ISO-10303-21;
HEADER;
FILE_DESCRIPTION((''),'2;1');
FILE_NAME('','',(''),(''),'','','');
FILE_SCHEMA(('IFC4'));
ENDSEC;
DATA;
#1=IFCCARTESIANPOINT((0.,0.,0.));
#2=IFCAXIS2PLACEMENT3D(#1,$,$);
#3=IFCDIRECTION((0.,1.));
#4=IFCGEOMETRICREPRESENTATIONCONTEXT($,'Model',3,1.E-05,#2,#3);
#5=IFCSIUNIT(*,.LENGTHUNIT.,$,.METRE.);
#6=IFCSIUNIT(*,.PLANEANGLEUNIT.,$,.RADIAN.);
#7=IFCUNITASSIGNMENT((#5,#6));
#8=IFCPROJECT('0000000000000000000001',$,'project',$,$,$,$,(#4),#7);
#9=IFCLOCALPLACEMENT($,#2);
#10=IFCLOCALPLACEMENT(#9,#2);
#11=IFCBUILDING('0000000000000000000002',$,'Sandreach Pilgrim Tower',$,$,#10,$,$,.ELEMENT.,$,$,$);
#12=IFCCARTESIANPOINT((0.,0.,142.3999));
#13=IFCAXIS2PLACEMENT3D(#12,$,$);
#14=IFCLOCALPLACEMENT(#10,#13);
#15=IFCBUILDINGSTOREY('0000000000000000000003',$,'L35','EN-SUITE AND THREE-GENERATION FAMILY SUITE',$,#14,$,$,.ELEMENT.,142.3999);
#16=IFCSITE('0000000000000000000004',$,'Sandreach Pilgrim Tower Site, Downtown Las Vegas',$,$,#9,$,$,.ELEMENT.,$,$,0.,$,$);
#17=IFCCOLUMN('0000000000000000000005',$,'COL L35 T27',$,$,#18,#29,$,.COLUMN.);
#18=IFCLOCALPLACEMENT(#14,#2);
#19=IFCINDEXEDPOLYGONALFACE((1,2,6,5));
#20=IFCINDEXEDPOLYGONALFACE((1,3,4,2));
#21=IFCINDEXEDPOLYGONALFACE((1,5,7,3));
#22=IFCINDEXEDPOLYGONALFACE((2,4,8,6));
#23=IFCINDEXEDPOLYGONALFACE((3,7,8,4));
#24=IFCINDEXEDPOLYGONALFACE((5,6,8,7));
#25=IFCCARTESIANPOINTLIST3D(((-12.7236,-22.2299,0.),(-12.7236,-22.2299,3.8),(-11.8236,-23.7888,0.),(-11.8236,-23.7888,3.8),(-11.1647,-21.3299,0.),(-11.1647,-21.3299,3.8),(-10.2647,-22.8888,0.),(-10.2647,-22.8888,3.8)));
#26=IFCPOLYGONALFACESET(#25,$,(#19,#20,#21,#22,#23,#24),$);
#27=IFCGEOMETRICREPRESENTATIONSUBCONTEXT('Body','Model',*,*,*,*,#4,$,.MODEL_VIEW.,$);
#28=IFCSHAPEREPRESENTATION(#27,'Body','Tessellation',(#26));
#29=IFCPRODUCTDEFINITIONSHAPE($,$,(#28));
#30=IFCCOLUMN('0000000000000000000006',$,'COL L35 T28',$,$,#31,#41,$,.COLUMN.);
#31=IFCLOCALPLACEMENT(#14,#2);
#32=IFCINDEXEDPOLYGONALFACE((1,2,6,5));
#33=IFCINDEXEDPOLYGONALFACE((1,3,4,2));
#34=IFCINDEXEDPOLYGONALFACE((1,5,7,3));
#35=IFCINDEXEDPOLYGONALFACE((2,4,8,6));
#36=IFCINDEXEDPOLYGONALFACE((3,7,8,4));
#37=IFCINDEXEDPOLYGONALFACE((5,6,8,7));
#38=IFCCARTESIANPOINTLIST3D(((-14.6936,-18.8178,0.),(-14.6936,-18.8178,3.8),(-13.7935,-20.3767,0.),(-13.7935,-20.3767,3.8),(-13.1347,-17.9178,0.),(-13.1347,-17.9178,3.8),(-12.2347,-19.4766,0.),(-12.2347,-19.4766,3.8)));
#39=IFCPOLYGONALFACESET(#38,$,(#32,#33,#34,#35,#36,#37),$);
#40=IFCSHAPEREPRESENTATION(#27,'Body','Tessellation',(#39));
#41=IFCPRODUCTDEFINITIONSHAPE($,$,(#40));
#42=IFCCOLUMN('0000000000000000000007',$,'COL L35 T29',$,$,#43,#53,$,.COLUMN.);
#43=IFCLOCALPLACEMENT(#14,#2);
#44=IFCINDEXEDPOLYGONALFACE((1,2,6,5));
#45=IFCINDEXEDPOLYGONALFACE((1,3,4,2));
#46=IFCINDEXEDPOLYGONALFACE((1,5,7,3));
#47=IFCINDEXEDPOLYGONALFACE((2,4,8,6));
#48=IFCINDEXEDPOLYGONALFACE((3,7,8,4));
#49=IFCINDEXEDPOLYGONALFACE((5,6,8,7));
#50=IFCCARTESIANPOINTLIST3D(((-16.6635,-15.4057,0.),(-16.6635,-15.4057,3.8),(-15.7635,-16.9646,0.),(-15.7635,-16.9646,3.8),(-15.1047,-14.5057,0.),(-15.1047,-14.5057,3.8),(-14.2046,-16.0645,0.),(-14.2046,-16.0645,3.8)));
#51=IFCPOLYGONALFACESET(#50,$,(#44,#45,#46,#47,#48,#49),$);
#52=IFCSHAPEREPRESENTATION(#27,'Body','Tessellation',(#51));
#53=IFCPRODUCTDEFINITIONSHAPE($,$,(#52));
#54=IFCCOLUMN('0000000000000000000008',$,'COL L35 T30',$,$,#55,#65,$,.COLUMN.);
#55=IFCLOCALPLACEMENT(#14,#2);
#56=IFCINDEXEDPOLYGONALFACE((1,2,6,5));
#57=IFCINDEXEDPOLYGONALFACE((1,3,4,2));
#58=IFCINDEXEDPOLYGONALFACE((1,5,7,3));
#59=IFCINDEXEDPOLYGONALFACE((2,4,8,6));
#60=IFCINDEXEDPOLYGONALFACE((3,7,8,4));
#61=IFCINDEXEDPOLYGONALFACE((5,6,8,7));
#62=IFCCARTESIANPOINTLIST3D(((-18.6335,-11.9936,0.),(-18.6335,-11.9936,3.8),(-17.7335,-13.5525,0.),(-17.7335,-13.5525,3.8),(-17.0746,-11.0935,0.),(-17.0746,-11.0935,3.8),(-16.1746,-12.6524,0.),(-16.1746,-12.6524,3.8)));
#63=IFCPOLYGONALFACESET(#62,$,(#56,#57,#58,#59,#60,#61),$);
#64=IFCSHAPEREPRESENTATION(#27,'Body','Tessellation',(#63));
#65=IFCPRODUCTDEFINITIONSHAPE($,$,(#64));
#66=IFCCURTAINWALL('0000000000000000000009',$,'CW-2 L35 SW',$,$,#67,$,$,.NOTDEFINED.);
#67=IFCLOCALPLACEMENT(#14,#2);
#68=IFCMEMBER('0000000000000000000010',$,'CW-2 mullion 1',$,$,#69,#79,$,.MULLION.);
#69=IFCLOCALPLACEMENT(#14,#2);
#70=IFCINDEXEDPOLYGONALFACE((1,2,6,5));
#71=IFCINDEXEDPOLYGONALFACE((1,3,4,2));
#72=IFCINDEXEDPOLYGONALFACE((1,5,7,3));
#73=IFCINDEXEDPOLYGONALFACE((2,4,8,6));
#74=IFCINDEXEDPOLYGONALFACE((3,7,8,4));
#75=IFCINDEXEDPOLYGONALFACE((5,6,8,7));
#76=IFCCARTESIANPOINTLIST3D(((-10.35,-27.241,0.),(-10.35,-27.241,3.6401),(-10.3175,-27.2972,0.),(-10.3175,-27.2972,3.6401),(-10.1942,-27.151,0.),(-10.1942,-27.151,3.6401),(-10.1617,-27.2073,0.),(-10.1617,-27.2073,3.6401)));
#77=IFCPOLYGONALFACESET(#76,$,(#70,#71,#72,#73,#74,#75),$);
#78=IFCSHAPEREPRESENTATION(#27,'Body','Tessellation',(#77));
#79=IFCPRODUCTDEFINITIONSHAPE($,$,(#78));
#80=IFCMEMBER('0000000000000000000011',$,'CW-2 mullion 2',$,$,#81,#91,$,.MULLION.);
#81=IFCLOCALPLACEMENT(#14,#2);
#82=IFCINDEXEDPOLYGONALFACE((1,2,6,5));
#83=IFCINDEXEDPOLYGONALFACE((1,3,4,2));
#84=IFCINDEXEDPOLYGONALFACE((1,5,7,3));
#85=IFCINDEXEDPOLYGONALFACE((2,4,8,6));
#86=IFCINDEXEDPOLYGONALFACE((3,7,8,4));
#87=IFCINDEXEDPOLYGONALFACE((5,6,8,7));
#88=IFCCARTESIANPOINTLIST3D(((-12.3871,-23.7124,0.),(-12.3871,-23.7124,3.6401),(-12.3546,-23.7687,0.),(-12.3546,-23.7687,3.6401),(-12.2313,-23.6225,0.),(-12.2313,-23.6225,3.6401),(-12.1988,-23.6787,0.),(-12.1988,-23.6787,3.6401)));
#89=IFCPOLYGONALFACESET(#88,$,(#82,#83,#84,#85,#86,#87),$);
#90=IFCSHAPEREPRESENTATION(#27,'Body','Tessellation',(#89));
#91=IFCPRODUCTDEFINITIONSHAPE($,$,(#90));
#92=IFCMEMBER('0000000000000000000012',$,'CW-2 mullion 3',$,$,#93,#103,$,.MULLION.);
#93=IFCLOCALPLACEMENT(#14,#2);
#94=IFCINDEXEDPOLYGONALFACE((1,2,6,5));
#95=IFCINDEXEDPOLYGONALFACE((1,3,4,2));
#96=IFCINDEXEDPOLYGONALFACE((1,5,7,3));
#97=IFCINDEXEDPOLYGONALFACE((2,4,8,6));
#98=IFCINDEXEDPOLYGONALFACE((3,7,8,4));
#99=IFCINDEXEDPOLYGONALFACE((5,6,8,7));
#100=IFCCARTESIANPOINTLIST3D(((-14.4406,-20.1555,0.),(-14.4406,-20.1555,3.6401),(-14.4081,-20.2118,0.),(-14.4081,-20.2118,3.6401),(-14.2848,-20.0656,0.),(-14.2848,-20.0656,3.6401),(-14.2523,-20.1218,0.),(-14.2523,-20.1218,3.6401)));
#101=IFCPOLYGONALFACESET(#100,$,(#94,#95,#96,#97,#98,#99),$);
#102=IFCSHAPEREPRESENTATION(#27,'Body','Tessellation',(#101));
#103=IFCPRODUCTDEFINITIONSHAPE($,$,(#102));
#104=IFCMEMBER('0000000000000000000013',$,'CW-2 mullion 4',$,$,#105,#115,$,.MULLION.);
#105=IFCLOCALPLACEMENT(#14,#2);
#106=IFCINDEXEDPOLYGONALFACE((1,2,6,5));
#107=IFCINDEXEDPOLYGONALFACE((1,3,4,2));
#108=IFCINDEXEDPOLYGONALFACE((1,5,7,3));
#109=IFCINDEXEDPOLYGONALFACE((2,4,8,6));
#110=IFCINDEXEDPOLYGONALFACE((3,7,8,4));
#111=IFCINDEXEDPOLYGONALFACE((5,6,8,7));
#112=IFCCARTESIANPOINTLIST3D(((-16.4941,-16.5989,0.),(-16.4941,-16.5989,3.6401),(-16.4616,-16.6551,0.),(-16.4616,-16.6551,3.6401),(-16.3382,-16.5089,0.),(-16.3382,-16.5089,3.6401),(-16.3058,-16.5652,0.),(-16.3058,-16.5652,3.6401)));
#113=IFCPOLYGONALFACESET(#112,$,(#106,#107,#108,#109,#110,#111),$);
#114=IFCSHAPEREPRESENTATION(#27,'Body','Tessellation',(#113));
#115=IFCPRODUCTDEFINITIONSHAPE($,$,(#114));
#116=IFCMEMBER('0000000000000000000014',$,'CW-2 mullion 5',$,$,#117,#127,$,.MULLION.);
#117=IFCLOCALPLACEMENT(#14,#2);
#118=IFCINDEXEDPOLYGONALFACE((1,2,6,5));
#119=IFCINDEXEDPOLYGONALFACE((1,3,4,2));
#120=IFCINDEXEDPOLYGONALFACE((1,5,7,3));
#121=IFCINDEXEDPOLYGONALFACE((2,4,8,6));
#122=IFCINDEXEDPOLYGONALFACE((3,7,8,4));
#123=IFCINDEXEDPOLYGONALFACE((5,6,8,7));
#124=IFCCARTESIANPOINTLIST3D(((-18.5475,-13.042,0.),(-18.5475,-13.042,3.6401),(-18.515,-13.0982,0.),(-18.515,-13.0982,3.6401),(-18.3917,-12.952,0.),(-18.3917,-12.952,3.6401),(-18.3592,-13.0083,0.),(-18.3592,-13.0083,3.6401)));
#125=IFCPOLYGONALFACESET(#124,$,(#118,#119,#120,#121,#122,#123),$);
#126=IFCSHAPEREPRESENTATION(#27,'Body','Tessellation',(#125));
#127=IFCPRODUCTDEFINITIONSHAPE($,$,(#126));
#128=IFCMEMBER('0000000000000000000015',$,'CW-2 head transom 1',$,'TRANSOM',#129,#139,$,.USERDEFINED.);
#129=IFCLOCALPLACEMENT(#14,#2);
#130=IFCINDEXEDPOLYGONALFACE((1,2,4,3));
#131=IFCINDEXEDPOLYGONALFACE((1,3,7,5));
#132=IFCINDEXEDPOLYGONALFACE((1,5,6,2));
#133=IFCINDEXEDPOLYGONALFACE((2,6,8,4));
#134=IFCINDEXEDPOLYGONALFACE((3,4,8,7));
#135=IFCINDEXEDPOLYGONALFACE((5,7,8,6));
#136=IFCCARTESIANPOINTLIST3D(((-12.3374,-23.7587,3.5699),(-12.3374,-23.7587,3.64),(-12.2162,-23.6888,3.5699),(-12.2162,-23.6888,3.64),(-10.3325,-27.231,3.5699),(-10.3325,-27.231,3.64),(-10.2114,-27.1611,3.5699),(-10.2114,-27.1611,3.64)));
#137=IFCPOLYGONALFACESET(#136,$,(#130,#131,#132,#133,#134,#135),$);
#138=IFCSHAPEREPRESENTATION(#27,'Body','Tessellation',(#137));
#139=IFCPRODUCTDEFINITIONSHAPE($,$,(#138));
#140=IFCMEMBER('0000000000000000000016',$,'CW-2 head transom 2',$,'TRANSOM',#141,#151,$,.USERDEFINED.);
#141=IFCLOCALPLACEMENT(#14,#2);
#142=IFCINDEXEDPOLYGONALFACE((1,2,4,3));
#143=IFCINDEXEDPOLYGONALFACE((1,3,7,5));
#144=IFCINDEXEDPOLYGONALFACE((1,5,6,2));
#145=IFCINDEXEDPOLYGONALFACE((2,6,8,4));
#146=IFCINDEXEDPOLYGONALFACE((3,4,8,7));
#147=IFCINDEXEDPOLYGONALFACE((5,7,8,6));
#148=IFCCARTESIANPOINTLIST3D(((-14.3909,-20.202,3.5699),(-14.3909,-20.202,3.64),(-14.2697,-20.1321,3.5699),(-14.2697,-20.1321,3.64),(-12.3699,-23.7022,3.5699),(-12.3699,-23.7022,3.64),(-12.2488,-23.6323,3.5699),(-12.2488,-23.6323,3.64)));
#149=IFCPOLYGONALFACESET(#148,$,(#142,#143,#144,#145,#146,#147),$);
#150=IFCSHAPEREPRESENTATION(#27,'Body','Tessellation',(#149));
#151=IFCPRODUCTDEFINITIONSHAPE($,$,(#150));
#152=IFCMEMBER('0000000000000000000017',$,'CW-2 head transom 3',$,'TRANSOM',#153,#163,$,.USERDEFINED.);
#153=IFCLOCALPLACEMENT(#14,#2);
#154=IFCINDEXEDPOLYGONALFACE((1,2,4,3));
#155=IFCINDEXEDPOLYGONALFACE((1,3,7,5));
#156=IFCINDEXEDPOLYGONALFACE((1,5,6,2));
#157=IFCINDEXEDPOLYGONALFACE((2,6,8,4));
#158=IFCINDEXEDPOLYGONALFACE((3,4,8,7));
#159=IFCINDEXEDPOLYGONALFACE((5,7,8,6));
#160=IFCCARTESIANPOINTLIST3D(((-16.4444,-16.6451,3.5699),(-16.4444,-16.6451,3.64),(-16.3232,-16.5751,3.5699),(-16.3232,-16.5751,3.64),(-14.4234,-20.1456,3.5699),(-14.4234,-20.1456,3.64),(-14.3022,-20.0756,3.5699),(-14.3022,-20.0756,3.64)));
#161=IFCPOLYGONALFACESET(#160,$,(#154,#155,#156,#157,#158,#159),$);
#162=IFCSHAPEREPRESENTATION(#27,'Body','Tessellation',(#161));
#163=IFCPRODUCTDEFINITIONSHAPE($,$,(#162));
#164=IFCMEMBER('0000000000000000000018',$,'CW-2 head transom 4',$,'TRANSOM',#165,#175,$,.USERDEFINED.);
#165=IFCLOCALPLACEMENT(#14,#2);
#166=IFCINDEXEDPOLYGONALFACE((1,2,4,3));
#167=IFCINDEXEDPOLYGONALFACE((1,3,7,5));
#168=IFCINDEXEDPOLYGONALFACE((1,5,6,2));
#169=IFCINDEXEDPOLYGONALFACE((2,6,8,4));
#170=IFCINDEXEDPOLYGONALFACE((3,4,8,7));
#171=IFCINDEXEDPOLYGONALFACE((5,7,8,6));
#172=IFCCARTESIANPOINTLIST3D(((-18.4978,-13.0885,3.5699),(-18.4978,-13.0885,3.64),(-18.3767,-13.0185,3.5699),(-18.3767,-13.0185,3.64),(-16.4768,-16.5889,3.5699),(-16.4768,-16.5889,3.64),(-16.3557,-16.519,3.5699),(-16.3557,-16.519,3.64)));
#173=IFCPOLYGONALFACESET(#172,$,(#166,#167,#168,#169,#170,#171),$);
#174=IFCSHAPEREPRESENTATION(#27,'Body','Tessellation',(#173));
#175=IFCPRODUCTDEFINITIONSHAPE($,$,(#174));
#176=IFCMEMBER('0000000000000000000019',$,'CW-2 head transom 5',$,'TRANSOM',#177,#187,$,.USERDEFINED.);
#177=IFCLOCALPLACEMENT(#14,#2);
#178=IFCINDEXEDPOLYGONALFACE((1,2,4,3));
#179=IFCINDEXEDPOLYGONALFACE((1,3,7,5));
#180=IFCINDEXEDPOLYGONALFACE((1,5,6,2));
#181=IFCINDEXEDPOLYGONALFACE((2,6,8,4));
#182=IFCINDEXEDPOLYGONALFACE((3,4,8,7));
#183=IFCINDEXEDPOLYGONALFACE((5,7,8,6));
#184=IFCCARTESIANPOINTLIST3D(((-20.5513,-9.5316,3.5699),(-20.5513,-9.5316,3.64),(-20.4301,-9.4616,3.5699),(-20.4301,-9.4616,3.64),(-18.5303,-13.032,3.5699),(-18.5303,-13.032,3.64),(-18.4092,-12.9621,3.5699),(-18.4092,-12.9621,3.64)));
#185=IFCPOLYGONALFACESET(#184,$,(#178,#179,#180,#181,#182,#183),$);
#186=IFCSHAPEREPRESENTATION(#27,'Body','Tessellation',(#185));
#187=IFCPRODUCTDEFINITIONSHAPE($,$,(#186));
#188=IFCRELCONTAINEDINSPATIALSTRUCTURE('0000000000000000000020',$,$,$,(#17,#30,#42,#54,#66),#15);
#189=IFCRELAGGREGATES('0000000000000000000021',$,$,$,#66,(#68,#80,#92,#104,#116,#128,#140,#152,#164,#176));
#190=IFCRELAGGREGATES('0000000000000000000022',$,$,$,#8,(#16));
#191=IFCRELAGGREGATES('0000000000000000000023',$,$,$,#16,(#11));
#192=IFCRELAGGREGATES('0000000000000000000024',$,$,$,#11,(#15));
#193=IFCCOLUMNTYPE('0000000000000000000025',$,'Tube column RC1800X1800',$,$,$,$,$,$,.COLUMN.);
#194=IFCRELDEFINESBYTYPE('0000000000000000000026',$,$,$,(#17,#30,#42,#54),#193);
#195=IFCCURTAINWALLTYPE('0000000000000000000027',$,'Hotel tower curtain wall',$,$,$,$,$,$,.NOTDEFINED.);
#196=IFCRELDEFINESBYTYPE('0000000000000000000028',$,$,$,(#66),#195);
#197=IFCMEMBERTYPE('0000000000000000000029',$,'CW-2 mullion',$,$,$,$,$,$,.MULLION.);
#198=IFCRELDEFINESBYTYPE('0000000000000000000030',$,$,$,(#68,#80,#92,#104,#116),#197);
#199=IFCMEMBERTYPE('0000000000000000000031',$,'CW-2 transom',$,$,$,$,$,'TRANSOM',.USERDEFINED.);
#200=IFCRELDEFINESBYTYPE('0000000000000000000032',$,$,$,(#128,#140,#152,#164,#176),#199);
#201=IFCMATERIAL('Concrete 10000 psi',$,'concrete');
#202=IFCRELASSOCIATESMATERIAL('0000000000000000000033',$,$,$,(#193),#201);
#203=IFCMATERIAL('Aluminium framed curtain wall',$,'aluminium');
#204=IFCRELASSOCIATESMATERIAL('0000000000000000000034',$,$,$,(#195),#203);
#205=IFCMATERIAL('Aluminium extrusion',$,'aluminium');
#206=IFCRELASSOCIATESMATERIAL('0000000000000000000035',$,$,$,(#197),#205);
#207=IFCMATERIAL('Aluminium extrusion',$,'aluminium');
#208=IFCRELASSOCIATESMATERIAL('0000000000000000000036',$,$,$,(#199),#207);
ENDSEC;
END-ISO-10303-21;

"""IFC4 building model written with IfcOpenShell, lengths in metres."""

from ifc_helpers import new_model, si_unit, direction, frame, origin, origin_2d, place, context, subcontext, project, spatial, rectangle, extrude, material, material_profile, profile_set, type_object, element, aggregate, save


model = new_model("IFC4")

# Units and contexts
model_context = context("Model", 3, precision=1e-05, world=origin(), true_north=direction((0.0, 1.0)))
body_context = subcontext(model_context, "Body", "Model", "MODEL_VIEW")
ifc_project = project(units=[si_unit("LENGTHUNIT", "METRE"), si_unit("PLANEANGLEUNIT", "RADIAN")], contexts=[model_context])

# Site, building, storey
site_placement = place(None, origin())
site = spatial("IfcSite", under=ifc_project, at=site_placement, Name="Sandreach Pilgrim Tower Site, Downtown Las Vegas", CompositionType="ELEMENT", RefElevation=0.0)
building_placement = place(site_placement, origin())
building = spatial("IfcBuilding", under=site, at=building_placement, Name="Sandreach Pilgrim Tower", CompositionType="ELEMENT")
storey_placement = place(building_placement, frame((0.0, 0.0, 142.3999)))
storey = spatial("IfcBuildingStorey", under=building, at=storey_placement, Name="L35", Description="EN-SUITE AND THREE-GENERATION FAMILY SUITE", CompositionType="ELEMENT", Elevation=142.3999)

# Columns
ifc_material_1 = material(Name="Concrete 10000 psi", Category="concrete")
ifc_material_profile_1 = material_profile(ifc_material_1, rectangle(XDim=1.8, YDim=1.8, at=origin_2d()), Name="RC1800X1800")
ifc_profile_set_1 = profile_set([ifc_material_profile_1], Name="Concrete 10000 psi")
column_type = type_object("IfcColumnType", Name="Tube column RC1800X1800", PredefinedType="COLUMN", material=ifc_profile_set_1)
for number, where, z_axis, x_axis, name in (
    (1, (-11.4941, -22.5593, 0.0), (0.0, 0.0, 1.0), (-0.866025, -0.5, 0.0), "COL L35 T27"),
    (2, (-13.4641, -19.1472, 0.0), (0.0, 0.0, 1.0), (-0.866025, -0.5, 0.0), "COL L35 T28"),
    (3, (-15.4341, -15.7351, 0.0), (0.0, 0.0, 1.0), (-0.866025, -0.5, 0.0), "COL L35 T29"),
    (4, (-17.4041, -12.323, 0.0), (0.0, 0.0, 1.0), (-0.866025, -0.5, 0.0), "COL L35 T30"),
):
    element("IfcColumn", number, at=place(storey_placement, frame(where, z_axis=z_axis, x_axis=x_axis)), inside=storey, type_object=column_type, Name=name, PredefinedType="COLUMN", context=body_context, shape_type="SweptSolid", body=[
        extrude(rectangle(XDim=1.8, YDim=1.8, at=origin_2d()), origin(), (0.0, 0.0, 1.0), 3.8),
    ])

# Curtain wall, members
ifc_material_2 = material(Name="Aluminium framed curtain wall", Category="aluminium")
curtain_wall_type = type_object("IfcCurtainWallType", Name="Hotel tower curtain wall", PredefinedType="NOTDEFINED", material=ifc_material_2)
curtain_wall_placement = place(storey_placement, origin())
curtain_wall = element("IfcCurtainWall", 5, at=curtain_wall_placement, inside=storey, type_object=curtain_wall_type, Name="CW-2 L35 SW", PredefinedType="NOTDEFINED")
ifc_material_3 = material(Name="Aluminium extrusion", Category="aluminium")
ifc_material_profile_2 = material_profile(ifc_material_3, rectangle(XDim=0.0649, YDim=0.1799, at=origin_2d()), Name="CW-2M 65X180")
ifc_profile_set_2 = profile_set([ifc_material_profile_2], Name="Aluminium extrusion")
member_type_1 = type_object("IfcMemberType", Name="CW-2 mullion", PredefinedType="MULLION", material=ifc_profile_set_2)
member_1_placement = place(storey_placement, frame((-10.2559, -27.2241, 0.0), z_axis=(0.0, 0.0, 1.0), x_axis=(-0.5, 0.866025, 0.0)))
member_1 = element("IfcMember", 6, at=member_1_placement, type_object=member_type_1, Name="CW-2 mullion 1", PredefinedType="MULLION", context=body_context, shape_type="SweptSolid", body=[
    extrude(rectangle(XDim=0.0649, YDim=0.1799, at=origin_2d()), origin(), (0.0, 0.0, 1.0), 3.6401),
])
member_2_placement = place(storey_placement, frame((-12.293, -23.6956, 0.0), z_axis=(0.0, 0.0, 1.0), x_axis=(-0.5, 0.866025, 0.0)))
member_2 = element("IfcMember", 7, at=member_2_placement, type_object=member_type_1, Name="CW-2 mullion 2", PredefinedType="MULLION", context=body_context, shape_type="SweptSolid", body=[
    extrude(rectangle(XDim=0.0649, YDim=0.1799, at=origin_2d()), origin(), (0.0, 0.0, 1.0), 3.6401),
])
member_3_placement = place(storey_placement, frame((-14.3464, -20.1387, 0.0), z_axis=(0.0, 0.0, 1.0), x_axis=(-0.5, 0.866025, 0.0)))
member_3 = element("IfcMember", 8, at=member_3_placement, type_object=member_type_1, Name="CW-2 mullion 3", PredefinedType="MULLION", context=body_context, shape_type="SweptSolid", body=[
    extrude(rectangle(XDim=0.0649, YDim=0.1799, at=origin_2d()), origin(), (0.0, 0.0, 1.0), 3.6401),
])
member_4_placement = place(storey_placement, frame((-16.3999, -16.582, 0.0), z_axis=(0.0, 0.0, 1.0), x_axis=(-0.5, 0.866025, 0.0)))
member_4 = element("IfcMember", 9, at=member_4_placement, type_object=member_type_1, Name="CW-2 mullion 4", PredefinedType="MULLION", context=body_context, shape_type="SweptSolid", body=[
    extrude(rectangle(XDim=0.0649, YDim=0.1799, at=origin_2d()), origin(), (0.0, 0.0, 1.0), 3.6401),
])
member_5_placement = place(storey_placement, frame((-18.4534, -13.0251, 0.0), z_axis=(0.0, 0.0, 1.0), x_axis=(-0.5, 0.866025, 0.0)))
member_5 = element("IfcMember", 10, at=member_5_placement, type_object=member_type_1, Name="CW-2 mullion 5", PredefinedType="MULLION", context=body_context, shape_type="SweptSolid", body=[
    extrude(rectangle(XDim=0.0649, YDim=0.1799, at=origin_2d()), origin(), (0.0, 0.0, 1.0), 3.6401),
])
ifc_material_4 = material(Name="Aluminium extrusion", Category="aluminium")
ifc_material_profile_3 = material_profile(ifc_material_4, rectangle(XDim=0.1399, YDim=0.0701, at=origin_2d()), Name="CW-2T 140X70")
ifc_profile_set_3 = profile_set([ifc_material_profile_3], Name="Aluminium extrusion")
member_type_2 = type_object("IfcMemberType", Name="CW-2 transom", ElementType="TRANSOM", PredefinedType="USERDEFINED", material=ifc_profile_set_3)
member_6_placement = place(storey_placement, frame((-10.272, -27.196, 3.605), z_axis=(-0.500016, 0.866016, 0.0), x_axis=(-0.866016, -0.500016, 0.0)))
member_6 = element("IfcMember", 11, at=member_6_placement, type_object=member_type_2, Name="CW-2 head transom 1", ObjectType="TRANSOM", PredefinedType="USERDEFINED", context=body_context, shape_type="SweptSolid", body=[
    extrude(rectangle(XDim=0.1399, YDim=0.0701, at=origin_2d()), origin(), (0.0, 0.0, 1.0), 4.0095),
])
member_7_placement = place(storey_placement, frame((-12.3093, -23.6672, 3.605), z_axis=(-0.500024, 0.866012, 0.0), x_axis=(-0.866012, -0.500024, 0.0)))
member_7 = element("IfcMember", 12, at=member_7_placement, type_object=member_type_2, Name="CW-2 head transom 2", ObjectType="TRANSOM", PredefinedType="USERDEFINED", context=body_context, shape_type="SweptSolid", body=[
    extrude(rectangle(XDim=0.1399, YDim=0.0701, at=origin_2d()), origin(), (0.0, 0.0, 1.0), 4.0417),
])
member_8_placement = place(storey_placement, frame((-14.3628, -20.1106, 3.605), z_axis=(-0.499998, 0.866027, 0.0), x_axis=(-0.866027, -0.499998, 0.0)))
member_8 = element("IfcMember", 13, at=member_8_placement, type_object=member_type_2, Name="CW-2 head transom 3", ObjectType="TRANSOM", PredefinedType="USERDEFINED", context=body_context, shape_type="SweptSolid", body=[
    extrude(rectangle(XDim=0.1399, YDim=0.0701, at=origin_2d()), origin(), (0.0, 0.0, 1.0), 4.042),
])
member_9_placement = place(storey_placement, frame((-16.4163, -16.554, 3.605), z_axis=(-0.499998, 0.866027, 0.0), x_axis=(-0.866027, -0.499998, 0.0)))
member_9 = element("IfcMember", 14, at=member_9_placement, type_object=member_type_2, Name="CW-2 head transom 4", ObjectType="TRANSOM", PredefinedType="USERDEFINED", context=body_context, shape_type="SweptSolid", body=[
    extrude(rectangle(XDim=0.1399, YDim=0.0701, at=origin_2d()), origin(), (0.0, 0.0, 1.0), 4.042),
])
member_10_placement = place(storey_placement, frame((-18.4697, -12.9971, 3.605), z_axis=(-0.499998, 0.866027, 0.0), x_axis=(-0.866027, -0.499998, 0.0)))
member_10 = element("IfcMember", 15, at=member_10_placement, type_object=member_type_2, Name="CW-2 head transom 5", ObjectType="TRANSOM", PredefinedType="USERDEFINED", context=body_context, shape_type="SweptSolid", body=[
    extrude(rectangle(XDim=0.1399, YDim=0.0701, at=origin_2d()), origin(), (0.0, 0.0, 1.0), 4.042),
])

aggregate(curtain_wall, [member_1, member_2, member_3, member_4, member_5, member_6, member_7, member_8, member_9, member_10])

save(model, "model.ifc")
